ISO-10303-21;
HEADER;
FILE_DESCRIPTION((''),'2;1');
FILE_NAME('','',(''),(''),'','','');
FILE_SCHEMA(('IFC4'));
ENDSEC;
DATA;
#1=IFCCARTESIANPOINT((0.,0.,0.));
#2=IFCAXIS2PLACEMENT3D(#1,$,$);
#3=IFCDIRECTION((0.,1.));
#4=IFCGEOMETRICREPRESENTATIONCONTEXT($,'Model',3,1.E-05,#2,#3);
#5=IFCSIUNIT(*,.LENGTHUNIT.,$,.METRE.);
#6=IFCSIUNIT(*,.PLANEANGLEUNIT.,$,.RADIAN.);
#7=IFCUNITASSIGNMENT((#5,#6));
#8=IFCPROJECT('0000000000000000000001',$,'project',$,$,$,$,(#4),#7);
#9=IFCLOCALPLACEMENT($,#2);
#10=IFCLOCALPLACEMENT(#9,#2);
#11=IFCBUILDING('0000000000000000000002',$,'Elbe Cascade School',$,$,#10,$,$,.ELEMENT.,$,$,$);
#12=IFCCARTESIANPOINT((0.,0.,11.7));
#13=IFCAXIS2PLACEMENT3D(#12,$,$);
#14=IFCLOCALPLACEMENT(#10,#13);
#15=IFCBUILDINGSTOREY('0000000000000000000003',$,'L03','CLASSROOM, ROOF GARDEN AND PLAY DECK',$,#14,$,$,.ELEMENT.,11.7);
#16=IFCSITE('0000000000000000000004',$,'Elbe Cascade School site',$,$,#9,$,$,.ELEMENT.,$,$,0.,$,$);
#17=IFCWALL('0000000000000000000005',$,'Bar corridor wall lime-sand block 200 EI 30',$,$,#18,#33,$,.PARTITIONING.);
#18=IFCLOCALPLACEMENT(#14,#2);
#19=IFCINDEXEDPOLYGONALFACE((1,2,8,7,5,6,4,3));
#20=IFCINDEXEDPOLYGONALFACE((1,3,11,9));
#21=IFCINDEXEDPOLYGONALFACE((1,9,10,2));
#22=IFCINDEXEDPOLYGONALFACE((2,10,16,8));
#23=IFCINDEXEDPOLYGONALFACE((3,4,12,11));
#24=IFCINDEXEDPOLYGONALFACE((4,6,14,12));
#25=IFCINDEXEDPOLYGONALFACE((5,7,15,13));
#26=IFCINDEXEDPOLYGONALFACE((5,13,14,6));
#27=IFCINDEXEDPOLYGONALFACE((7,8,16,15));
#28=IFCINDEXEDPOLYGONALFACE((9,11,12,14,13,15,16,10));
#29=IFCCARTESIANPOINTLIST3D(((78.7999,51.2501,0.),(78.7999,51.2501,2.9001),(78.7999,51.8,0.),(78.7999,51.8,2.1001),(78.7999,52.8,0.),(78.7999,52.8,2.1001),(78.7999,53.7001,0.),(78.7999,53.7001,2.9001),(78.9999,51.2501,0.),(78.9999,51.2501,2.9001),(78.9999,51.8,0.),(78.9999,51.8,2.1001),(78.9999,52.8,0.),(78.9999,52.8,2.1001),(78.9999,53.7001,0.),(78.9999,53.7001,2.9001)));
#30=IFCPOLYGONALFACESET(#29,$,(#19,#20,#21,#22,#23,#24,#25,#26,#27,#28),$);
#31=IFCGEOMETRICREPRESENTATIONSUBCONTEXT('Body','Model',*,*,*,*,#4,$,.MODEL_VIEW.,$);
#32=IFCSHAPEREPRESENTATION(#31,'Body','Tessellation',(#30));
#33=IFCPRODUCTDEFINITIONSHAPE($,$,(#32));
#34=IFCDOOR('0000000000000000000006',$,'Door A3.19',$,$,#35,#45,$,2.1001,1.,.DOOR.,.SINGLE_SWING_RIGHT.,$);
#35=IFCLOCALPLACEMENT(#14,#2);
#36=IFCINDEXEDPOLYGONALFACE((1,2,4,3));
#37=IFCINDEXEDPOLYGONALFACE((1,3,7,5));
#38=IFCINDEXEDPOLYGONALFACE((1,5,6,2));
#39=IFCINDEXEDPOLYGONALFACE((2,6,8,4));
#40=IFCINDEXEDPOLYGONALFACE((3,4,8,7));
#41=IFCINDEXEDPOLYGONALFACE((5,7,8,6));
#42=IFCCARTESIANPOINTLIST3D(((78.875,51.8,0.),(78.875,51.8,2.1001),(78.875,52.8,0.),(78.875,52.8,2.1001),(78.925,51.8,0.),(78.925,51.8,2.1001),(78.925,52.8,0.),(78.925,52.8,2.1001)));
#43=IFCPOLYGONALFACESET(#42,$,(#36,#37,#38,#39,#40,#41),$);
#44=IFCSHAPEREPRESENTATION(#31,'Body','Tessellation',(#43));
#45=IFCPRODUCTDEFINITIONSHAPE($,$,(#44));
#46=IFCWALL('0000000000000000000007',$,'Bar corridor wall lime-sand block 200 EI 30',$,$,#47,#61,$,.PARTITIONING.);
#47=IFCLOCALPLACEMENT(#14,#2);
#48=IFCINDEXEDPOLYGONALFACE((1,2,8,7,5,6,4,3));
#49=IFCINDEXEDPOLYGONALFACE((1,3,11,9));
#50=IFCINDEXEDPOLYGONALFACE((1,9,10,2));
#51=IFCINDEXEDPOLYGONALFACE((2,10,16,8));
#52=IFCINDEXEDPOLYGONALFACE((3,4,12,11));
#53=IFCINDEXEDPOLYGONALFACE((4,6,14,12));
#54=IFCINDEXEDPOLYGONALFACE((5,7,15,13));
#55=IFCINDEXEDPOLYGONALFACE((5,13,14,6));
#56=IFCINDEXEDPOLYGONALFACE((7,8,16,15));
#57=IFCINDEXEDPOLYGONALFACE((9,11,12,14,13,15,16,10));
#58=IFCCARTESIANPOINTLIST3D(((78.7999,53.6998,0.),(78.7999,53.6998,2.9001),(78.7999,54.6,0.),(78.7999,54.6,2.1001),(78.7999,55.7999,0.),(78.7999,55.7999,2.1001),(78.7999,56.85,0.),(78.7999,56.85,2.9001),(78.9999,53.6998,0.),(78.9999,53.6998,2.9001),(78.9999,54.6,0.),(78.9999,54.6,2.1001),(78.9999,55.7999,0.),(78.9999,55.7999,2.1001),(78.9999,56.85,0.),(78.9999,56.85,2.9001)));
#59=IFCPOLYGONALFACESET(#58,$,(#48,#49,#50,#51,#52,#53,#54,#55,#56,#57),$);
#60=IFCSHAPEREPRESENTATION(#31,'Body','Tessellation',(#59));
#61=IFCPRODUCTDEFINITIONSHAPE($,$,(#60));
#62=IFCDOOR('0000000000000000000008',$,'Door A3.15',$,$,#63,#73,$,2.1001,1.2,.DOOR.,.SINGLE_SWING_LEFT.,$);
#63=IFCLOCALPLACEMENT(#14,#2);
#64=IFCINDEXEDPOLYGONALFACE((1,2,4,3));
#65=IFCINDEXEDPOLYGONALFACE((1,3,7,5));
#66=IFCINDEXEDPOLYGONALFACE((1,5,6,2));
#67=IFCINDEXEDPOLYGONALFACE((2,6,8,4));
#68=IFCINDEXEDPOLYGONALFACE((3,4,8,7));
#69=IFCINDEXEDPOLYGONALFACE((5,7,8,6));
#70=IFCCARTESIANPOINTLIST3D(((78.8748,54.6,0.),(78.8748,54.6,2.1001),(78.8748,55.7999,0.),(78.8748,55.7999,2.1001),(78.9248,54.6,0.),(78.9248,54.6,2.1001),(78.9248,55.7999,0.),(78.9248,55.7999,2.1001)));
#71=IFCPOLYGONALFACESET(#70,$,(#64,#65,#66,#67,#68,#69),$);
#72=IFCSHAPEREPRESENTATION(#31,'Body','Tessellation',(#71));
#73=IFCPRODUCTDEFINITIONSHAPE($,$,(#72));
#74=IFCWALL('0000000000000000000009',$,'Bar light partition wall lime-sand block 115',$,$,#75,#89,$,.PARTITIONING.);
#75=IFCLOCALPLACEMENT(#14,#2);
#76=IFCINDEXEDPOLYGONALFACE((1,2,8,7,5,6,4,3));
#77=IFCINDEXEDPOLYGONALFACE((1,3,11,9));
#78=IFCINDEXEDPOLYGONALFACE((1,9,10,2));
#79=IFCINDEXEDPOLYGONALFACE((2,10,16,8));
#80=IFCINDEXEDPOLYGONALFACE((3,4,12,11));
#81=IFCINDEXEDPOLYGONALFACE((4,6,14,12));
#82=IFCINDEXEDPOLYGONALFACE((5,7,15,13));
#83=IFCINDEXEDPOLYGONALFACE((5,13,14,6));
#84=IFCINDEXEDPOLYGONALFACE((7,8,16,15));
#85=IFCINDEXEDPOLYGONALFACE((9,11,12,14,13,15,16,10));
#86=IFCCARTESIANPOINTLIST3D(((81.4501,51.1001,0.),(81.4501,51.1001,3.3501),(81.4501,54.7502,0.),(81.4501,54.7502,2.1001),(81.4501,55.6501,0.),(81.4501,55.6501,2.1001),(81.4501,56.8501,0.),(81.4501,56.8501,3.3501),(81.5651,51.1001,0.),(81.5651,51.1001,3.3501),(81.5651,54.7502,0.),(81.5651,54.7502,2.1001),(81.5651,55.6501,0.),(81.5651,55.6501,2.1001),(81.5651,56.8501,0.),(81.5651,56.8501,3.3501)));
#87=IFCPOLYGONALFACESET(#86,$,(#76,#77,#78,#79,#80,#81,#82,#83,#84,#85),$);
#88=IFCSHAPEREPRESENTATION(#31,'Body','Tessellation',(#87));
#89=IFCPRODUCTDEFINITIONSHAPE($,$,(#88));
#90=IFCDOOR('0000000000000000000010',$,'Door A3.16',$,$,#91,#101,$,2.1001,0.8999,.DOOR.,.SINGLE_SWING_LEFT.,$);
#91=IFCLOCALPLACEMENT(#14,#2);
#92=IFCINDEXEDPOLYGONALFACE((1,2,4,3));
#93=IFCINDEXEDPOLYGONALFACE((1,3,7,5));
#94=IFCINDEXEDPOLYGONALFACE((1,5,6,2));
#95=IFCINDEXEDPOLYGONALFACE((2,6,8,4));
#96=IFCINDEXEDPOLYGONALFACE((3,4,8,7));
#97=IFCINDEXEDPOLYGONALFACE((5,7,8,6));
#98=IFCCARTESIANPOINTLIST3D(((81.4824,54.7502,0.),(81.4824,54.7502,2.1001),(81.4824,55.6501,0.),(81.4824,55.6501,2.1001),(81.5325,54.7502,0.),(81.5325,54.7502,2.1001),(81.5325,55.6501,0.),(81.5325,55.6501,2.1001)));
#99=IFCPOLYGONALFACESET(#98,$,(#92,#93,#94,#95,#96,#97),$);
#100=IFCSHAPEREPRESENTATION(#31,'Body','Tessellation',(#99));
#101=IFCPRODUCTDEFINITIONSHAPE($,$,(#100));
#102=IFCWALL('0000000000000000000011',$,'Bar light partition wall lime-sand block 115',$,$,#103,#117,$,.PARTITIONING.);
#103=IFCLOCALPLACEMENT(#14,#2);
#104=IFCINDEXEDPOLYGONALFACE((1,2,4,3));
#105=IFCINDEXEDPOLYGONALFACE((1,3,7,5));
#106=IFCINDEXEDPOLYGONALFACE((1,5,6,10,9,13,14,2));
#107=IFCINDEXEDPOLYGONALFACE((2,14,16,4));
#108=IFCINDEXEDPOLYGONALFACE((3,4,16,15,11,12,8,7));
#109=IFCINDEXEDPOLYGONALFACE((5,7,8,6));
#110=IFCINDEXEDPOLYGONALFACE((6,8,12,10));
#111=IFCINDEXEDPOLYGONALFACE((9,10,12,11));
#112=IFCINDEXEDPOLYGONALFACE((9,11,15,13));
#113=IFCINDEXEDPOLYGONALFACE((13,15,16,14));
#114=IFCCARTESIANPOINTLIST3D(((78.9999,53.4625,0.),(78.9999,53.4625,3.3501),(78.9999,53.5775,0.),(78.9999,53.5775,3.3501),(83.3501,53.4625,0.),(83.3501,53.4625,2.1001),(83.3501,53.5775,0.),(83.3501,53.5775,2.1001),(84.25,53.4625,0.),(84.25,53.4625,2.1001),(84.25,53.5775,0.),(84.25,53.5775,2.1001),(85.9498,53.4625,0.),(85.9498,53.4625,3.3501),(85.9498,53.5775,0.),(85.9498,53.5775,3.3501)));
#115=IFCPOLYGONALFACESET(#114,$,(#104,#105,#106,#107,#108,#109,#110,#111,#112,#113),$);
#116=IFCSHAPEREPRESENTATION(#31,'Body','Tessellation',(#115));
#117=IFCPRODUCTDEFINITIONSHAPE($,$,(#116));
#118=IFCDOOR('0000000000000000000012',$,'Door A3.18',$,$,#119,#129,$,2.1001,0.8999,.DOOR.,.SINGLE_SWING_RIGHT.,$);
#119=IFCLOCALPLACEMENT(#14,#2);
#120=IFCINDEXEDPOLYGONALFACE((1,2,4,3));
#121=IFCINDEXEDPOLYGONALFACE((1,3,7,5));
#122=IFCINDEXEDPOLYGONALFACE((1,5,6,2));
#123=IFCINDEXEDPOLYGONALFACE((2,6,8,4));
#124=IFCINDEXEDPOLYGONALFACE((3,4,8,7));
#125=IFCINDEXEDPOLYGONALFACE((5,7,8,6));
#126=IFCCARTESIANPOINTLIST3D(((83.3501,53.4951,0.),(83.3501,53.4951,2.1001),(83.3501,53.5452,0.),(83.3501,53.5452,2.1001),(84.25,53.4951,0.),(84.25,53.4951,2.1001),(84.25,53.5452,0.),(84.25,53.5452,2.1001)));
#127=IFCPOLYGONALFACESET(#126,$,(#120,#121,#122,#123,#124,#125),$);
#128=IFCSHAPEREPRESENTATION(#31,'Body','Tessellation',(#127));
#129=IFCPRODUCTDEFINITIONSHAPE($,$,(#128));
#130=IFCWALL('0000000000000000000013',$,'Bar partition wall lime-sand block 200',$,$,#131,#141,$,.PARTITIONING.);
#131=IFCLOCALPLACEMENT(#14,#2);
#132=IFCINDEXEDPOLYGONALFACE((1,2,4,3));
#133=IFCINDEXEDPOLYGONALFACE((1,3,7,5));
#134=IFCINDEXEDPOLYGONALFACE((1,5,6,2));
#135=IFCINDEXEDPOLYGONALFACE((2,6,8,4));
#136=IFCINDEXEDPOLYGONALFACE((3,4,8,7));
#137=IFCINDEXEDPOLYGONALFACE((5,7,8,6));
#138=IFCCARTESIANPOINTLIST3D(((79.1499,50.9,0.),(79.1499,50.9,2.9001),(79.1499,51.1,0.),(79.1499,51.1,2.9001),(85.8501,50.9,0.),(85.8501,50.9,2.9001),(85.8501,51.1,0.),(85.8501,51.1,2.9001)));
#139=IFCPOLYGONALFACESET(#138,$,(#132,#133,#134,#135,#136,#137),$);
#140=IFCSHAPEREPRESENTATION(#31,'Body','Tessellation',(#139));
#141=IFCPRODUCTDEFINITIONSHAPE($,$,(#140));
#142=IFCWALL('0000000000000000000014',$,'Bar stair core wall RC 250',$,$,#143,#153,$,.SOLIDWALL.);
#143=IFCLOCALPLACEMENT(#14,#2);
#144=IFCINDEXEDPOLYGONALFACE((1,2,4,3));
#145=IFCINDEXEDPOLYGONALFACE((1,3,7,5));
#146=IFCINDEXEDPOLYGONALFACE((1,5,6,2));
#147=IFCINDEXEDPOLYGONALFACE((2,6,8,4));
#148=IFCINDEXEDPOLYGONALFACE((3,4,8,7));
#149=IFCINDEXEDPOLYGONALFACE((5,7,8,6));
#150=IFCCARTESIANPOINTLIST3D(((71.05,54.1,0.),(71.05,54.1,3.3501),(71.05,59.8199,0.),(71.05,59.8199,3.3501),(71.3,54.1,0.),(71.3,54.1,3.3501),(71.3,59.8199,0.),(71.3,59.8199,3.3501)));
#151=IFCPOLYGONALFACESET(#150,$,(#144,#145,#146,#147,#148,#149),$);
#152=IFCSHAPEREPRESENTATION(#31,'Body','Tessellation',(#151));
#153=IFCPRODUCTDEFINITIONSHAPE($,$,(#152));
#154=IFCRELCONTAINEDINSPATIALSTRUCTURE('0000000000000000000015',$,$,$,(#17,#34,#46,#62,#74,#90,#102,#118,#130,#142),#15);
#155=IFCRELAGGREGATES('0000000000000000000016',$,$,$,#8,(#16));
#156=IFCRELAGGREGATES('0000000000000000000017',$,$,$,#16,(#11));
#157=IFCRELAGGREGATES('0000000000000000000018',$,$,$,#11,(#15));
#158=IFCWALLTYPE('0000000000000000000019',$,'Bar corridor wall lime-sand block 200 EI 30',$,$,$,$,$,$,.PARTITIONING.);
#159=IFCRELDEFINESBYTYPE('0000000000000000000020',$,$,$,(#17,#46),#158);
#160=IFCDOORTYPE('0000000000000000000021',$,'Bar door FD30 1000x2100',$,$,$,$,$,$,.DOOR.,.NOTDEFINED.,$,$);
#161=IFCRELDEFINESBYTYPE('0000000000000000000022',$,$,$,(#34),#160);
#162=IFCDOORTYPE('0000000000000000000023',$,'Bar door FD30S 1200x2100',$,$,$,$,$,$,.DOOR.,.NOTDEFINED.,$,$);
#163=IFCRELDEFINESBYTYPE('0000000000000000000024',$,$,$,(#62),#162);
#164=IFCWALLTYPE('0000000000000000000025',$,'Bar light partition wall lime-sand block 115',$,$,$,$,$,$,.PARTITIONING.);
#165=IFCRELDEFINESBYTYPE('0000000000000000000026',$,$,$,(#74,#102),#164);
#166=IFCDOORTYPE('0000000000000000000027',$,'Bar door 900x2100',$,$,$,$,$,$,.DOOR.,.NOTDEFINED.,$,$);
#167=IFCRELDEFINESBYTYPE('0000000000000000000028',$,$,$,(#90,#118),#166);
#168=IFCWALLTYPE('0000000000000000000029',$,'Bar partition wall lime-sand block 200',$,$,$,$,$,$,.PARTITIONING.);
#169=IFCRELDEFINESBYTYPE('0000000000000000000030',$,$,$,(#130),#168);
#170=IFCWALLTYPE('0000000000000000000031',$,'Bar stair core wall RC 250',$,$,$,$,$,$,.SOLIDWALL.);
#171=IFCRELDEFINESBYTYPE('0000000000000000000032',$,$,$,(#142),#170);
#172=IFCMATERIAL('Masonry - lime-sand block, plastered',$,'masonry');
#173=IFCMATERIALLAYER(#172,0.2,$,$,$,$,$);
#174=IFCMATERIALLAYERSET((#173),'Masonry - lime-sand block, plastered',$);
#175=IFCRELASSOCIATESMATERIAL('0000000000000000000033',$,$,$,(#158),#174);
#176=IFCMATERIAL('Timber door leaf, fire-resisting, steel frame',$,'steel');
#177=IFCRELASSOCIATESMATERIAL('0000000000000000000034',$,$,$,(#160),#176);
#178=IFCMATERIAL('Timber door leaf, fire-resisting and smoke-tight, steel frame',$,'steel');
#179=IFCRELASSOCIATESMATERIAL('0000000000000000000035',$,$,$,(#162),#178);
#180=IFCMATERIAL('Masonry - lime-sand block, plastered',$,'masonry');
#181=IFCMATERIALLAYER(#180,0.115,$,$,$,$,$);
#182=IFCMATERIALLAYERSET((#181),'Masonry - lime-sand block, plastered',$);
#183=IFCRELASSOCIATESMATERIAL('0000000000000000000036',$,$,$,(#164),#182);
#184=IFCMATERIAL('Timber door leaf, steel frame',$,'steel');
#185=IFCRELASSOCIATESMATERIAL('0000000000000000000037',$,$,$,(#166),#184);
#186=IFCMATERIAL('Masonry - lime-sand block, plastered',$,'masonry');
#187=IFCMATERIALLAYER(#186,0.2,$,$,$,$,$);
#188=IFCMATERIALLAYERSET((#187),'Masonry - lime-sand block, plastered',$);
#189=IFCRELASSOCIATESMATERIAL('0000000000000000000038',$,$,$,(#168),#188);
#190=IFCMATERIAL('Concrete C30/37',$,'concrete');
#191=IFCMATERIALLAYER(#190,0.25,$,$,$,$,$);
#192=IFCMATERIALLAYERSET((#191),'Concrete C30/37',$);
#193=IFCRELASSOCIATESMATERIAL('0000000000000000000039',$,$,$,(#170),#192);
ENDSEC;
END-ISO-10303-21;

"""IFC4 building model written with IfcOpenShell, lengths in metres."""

from ifc_helpers import new_model, si_unit, direction, frame, frame_2d, origin, place, context, subcontext, project, spatial, rectangle, extrude, material, layer, layer_set, type_object, element, fill, save


model = new_model("IFC4")

# Units and contexts
model_context = context("Model", 3, precision=1e-05, world=origin(), true_north=direction((0.0, 1.0)))
body_context = subcontext(model_context, "Body", "Model", "MODEL_VIEW")
ifc_project = project(units=[si_unit("LENGTHUNIT", "METRE"), si_unit("PLANEANGLEUNIT", "RADIAN")], contexts=[model_context])

# Site, building, storey
site_placement = place(None, origin())
site = spatial("IfcSite", under=ifc_project, at=site_placement, Name="Elbe Cascade School site", CompositionType="ELEMENT", RefElevation=0.0)
building_placement = place(site_placement, origin())
building = spatial("IfcBuilding", under=site, at=building_placement, Name="Elbe Cascade School", CompositionType="ELEMENT")
storey_placement = place(building_placement, frame((0.0, 0.0, 11.7)))
storey = spatial("IfcBuildingStorey", under=building, at=storey_placement, Name="L03", Description="CLASSROOM, ROOF GARDEN AND PLAY DECK", CompositionType="ELEMENT", Elevation=11.7)

# Walls, openings, doors
ifc_material_1 = material(Name="Masonry - lime-sand block, plastered", Category="masonry")
ifc_layer_1 = layer(ifc_material_1, 0.2)
ifc_layer_set_1 = layer_set([ifc_layer_1], Name="Masonry - lime-sand block, plastered")
wall_type_1 = type_object("IfcWallType", Name="Bar corridor wall lime-sand block 200 EI 30", PredefinedType="PARTITIONING", material=ifc_layer_set_1)
wall_1_placement = place(storey_placement, frame((78.8999, 51.25, 0.0), z_axis=(0.0, 0.0, 1.0), x_axis=(0.0, 1.0, 0.0)))
wall_1 = element("IfcWall", 1, at=wall_1_placement, inside=storey, type_object=wall_type_1, Name="Bar corridor wall lime-sand block 200 EI 30", PredefinedType="PARTITIONING", context=body_context, shape_type="SweptSolid", body=[
    extrude(rectangle(XDim=2.45, YDim=0.2, at=frame_2d((1.2251, 0.0))), origin(), (0.0, 0.0, 1.0), 2.9001),
])
opening_1_placement = place(wall_1_placement, frame((0.55, 0.0, 0.0)))
opening_1 = element("IfcOpeningElement", 2, at=opening_1_placement, cuts=wall_1, PredefinedType="OPENING", context=body_context, shape_type="SweptSolid", body=[
    extrude(rectangle(XDim=1.0, YDim=2.1001, at=frame_2d((0.5, 1.05))), frame((0.0, 0.1099, 0.0), z_axis=(0.0, -1.0, 0.0), x_axis=(1.0, 0.0, 0.0)), (0.0, 0.0, 1.0), 0.22),
])
ifc_material_2 = material(Name="Timber door leaf, fire-resisting, steel frame", Category="steel")
door_type_1 = type_object("IfcDoorType", Name="Bar door FD30 1000x2100", OperationType="NOTDEFINED", PredefinedType="DOOR", material=ifc_material_2)
door_1_placement = place(opening_1_placement, origin())
door_1 = element("IfcDoor", 3, at=door_1_placement, inside=storey, type_object=door_type_1, Name="Door A3.19", OperationType="SINGLE_SWING_RIGHT", OverallHeight=2.1001, OverallWidth=1.0, PredefinedType="DOOR", context=body_context, shape_type="SweptSolid", body=[
    extrude(rectangle(XDim=1.0, YDim=2.1001, at=frame_2d((0.5, 1.05))), frame((0.0, 0.0249, 0.0), z_axis=(0.0, -1.0, 0.0), x_axis=(1.0, 0.0, 0.0)), (0.0, 0.0, 1.0), 0.05),
])
fill(opening_1, door_1)
wall_2_placement = place(storey_placement, frame((78.8999, 56.8501, 0.0), z_axis=(0.0, 0.0, 1.0), x_axis=(0.0, -1.0, 0.0)))
wall_2 = element("IfcWall", 4, at=wall_2_placement, inside=storey, type_object=wall_type_1, Name="Bar corridor wall lime-sand block 200 EI 30", PredefinedType="PARTITIONING", context=body_context, shape_type="SweptSolid", body=[
    extrude(rectangle(XDim=3.1501, YDim=0.2, at=frame_2d((1.5752, 0.0))), origin(), (0.0, 0.0, 1.0), 2.9001),
])
opening_2_placement = place(wall_2_placement, frame((1.05, 0.0, 0.0)))
opening_2 = element("IfcOpeningElement", 5, at=opening_2_placement, cuts=wall_2, PredefinedType="OPENING", context=body_context, shape_type="SweptSolid", body=[
    extrude(rectangle(XDim=1.2, YDim=2.1001, at=frame_2d((0.6001, 1.05))), frame((0.0, 0.1099, 0.0), z_axis=(0.0, -1.0, 0.0), x_axis=(1.0, 0.0, 0.0)), (0.0, 0.0, 1.0), 0.22),
])
ifc_material_3 = material(Name="Timber door leaf, fire-resisting and smoke-tight, steel frame", Category="steel")
door_type_2 = type_object("IfcDoorType", Name="Bar door FD30S 1200x2100", OperationType="NOTDEFINED", PredefinedType="DOOR", material=ifc_material_3)
door_2_placement = place(opening_2_placement, origin())
door_2 = element("IfcDoor", 6, at=door_2_placement, inside=storey, type_object=door_type_2, Name="Door A3.15", OperationType="SINGLE_SWING_LEFT", OverallHeight=2.1001, OverallWidth=1.2, PredefinedType="DOOR", context=body_context, shape_type="SweptSolid", body=[
    extrude(rectangle(XDim=1.2, YDim=2.1001, at=frame_2d((0.6001, 1.05))), frame((0.0, 0.0249, 0.0), z_axis=(0.0, -1.0, 0.0), x_axis=(1.0, 0.0, 0.0)), (0.0, 0.0, 1.0), 0.05),
])
fill(opening_2, door_2)
ifc_material_4 = material(Name="Masonry - lime-sand block, plastered", Category="masonry")
ifc_layer_2 = layer(ifc_material_4, 0.115)
ifc_layer_set_2 = layer_set([ifc_layer_2], Name="Masonry - lime-sand block, plastered")
wall_type_2 = type_object("IfcWallType", Name="Bar light partition wall lime-sand block 115", PredefinedType="PARTITIONING", material=ifc_layer_set_2)
wall_3_placement = place(storey_placement, frame((81.5076, 56.8501, 0.0), z_axis=(0.0, 0.0, 1.0), x_axis=(0.0, -1.0, 0.0)))
wall_3 = element("IfcWall", 7, at=wall_3_placement, inside=storey, type_object=wall_type_2, Name="Bar light partition wall lime-sand block 115", PredefinedType="PARTITIONING", context=body_context, shape_type="SweptSolid", body=[
    extrude(rectangle(XDim=5.75, YDim=0.115, at=frame_2d((2.875, 0.0))), origin(), (0.0, 0.0, 1.0), 3.3501),
])
opening_3_placement = place(wall_3_placement, frame((1.2, 0.0, 0.0)))
opening_3 = element("IfcOpeningElement", 8, at=opening_3_placement, cuts=wall_3, PredefinedType="OPENING", context=body_context, shape_type="SweptSolid", body=[
    extrude(rectangle(XDim=0.8999, YDim=2.1001, at=frame_2d((0.45, 1.05))), frame((0.0, 0.0674, 0.0), z_axis=(0.0, -1.0, 0.0), x_axis=(1.0, 0.0, 0.0)), (0.0, 0.0, 1.0), 0.135),
])
ifc_material_5 = material(Name="Timber door leaf, steel frame", Category="steel")
door_type_3 = type_object("IfcDoorType", Name="Bar door 900x2100", OperationType="NOTDEFINED", PredefinedType="DOOR", material=ifc_material_5)
door_3_placement = place(opening_3_placement, origin())
door_3 = element("IfcDoor", 9, at=door_3_placement, inside=storey, type_object=door_type_3, Name="Door A3.16", OperationType="SINGLE_SWING_LEFT", OverallHeight=2.1001, OverallWidth=0.8999, PredefinedType="DOOR", context=body_context, shape_type="SweptSolid", body=[
    extrude(rectangle(XDim=0.8999, YDim=2.1001, at=frame_2d((0.45, 1.05))), frame((0.0, 0.0249, 0.0), z_axis=(0.0, -1.0, 0.0), x_axis=(1.0, 0.0, 0.0)), (0.0, 0.0, 1.0), 0.05),
])
fill(opening_3, door_3)
wall_4_placement = place(storey_placement, frame((85.95, 53.52, 0.0), z_axis=(0.0, 0.0, 1.0), x_axis=(-1.0, 0.0, 0.0)))
wall_4 = element("IfcWall", 10, at=wall_4_placement, inside=storey, type_object=wall_type_2, Name="Bar light partition wall lime-sand block 115", PredefinedType="PARTITIONING", context=body_context, shape_type="SweptSolid", body=[
    extrude(rectangle(XDim=6.95, YDim=0.115, at=frame_2d((3.4751, 0.0))), origin(), (0.0, 0.0, 1.0), 3.3501),
])
opening_4_placement = place(wall_4_placement, frame((1.7, 0.0, 0.0)))
opening_4 = element("IfcOpeningElement", 11, at=opening_4_placement, cuts=wall_4, PredefinedType="OPENING", context=body_context, shape_type="SweptSolid", body=[
    extrude(rectangle(XDim=0.8999, YDim=2.1001, at=frame_2d((0.45, 1.05))), frame((0.0, 0.0674, 0.0), z_axis=(0.0, -1.0, 0.0), x_axis=(1.0, 0.0, 0.0)), (0.0, 0.0, 1.0), 0.135),
])
door_4_placement = place(opening_4_placement, origin())
door_4 = element("IfcDoor", 12, at=door_4_placement, inside=storey, type_object=door_type_3, Name="Door A3.18", OperationType="SINGLE_SWING_RIGHT", OverallHeight=2.1001, OverallWidth=0.8999, PredefinedType="DOOR", context=body_context, shape_type="SweptSolid", body=[
    extrude(rectangle(XDim=0.8999, YDim=2.1001, at=frame_2d((0.45, 1.05))), frame((0.0, 0.0249, 0.0), z_axis=(0.0, -1.0, 0.0), x_axis=(1.0, 0.0, 0.0)), (0.0, 0.0, 1.0), 0.05),
])
fill(opening_4, door_4)

# Walls
ifc_material_6 = material(Name="Masonry - lime-sand block, plastered", Category="masonry")
ifc_layer_3 = layer(ifc_material_6, 0.2)
ifc_layer_set_3 = layer_set([ifc_layer_3], Name="Masonry - lime-sand block, plastered")
wall_type_3 = type_object("IfcWallType", Name="Bar partition wall lime-sand block 200", PredefinedType="PARTITIONING", material=ifc_layer_set_3)
wall_5_placement = place(storey_placement, frame((79.1499, 51.0, 0.0), z_axis=(0.0, 0.0, 1.0), x_axis=(1.0, 0.0, 0.0)))
element("IfcWall", 13, at=wall_5_placement, inside=storey, type_object=wall_type_3, Name="Bar partition wall lime-sand block 200", PredefinedType="PARTITIONING", context=body_context, shape_type="SweptSolid", body=[
    extrude(rectangle(XDim=6.7002, YDim=0.2, at=frame_2d((3.3501, 0.0))), origin(), (0.0, 0.0, 1.0), 2.9001),
])
ifc_material_7 = material(Name="Concrete C30/37", Category="concrete")
ifc_layer_4 = layer(ifc_material_7, 0.25)
ifc_layer_set_4 = layer_set([ifc_layer_4], Name="Concrete C30/37")
wall_type_4 = type_object("IfcWallType", Name="Bar stair core wall RC 250", PredefinedType="SOLIDWALL", material=ifc_layer_set_4)
wall_6_placement = place(storey_placement, frame((71.175, 54.1001, 0.0), z_axis=(0.0, 0.0, 1.0), x_axis=(0.0, 1.0, 0.0)))
element("IfcWall", 14, at=wall_6_placement, inside=storey, type_object=wall_type_4, Name="Bar stair core wall RC 250", PredefinedType="SOLIDWALL", context=body_context, shape_type="SweptSolid", body=[
    extrude(rectangle(XDim=5.72, YDim=0.25, at=frame_2d((2.8599, 0.0))), origin(), (0.0, 0.0, 1.0), 3.3501),
])

save(model, "model.ifc")
